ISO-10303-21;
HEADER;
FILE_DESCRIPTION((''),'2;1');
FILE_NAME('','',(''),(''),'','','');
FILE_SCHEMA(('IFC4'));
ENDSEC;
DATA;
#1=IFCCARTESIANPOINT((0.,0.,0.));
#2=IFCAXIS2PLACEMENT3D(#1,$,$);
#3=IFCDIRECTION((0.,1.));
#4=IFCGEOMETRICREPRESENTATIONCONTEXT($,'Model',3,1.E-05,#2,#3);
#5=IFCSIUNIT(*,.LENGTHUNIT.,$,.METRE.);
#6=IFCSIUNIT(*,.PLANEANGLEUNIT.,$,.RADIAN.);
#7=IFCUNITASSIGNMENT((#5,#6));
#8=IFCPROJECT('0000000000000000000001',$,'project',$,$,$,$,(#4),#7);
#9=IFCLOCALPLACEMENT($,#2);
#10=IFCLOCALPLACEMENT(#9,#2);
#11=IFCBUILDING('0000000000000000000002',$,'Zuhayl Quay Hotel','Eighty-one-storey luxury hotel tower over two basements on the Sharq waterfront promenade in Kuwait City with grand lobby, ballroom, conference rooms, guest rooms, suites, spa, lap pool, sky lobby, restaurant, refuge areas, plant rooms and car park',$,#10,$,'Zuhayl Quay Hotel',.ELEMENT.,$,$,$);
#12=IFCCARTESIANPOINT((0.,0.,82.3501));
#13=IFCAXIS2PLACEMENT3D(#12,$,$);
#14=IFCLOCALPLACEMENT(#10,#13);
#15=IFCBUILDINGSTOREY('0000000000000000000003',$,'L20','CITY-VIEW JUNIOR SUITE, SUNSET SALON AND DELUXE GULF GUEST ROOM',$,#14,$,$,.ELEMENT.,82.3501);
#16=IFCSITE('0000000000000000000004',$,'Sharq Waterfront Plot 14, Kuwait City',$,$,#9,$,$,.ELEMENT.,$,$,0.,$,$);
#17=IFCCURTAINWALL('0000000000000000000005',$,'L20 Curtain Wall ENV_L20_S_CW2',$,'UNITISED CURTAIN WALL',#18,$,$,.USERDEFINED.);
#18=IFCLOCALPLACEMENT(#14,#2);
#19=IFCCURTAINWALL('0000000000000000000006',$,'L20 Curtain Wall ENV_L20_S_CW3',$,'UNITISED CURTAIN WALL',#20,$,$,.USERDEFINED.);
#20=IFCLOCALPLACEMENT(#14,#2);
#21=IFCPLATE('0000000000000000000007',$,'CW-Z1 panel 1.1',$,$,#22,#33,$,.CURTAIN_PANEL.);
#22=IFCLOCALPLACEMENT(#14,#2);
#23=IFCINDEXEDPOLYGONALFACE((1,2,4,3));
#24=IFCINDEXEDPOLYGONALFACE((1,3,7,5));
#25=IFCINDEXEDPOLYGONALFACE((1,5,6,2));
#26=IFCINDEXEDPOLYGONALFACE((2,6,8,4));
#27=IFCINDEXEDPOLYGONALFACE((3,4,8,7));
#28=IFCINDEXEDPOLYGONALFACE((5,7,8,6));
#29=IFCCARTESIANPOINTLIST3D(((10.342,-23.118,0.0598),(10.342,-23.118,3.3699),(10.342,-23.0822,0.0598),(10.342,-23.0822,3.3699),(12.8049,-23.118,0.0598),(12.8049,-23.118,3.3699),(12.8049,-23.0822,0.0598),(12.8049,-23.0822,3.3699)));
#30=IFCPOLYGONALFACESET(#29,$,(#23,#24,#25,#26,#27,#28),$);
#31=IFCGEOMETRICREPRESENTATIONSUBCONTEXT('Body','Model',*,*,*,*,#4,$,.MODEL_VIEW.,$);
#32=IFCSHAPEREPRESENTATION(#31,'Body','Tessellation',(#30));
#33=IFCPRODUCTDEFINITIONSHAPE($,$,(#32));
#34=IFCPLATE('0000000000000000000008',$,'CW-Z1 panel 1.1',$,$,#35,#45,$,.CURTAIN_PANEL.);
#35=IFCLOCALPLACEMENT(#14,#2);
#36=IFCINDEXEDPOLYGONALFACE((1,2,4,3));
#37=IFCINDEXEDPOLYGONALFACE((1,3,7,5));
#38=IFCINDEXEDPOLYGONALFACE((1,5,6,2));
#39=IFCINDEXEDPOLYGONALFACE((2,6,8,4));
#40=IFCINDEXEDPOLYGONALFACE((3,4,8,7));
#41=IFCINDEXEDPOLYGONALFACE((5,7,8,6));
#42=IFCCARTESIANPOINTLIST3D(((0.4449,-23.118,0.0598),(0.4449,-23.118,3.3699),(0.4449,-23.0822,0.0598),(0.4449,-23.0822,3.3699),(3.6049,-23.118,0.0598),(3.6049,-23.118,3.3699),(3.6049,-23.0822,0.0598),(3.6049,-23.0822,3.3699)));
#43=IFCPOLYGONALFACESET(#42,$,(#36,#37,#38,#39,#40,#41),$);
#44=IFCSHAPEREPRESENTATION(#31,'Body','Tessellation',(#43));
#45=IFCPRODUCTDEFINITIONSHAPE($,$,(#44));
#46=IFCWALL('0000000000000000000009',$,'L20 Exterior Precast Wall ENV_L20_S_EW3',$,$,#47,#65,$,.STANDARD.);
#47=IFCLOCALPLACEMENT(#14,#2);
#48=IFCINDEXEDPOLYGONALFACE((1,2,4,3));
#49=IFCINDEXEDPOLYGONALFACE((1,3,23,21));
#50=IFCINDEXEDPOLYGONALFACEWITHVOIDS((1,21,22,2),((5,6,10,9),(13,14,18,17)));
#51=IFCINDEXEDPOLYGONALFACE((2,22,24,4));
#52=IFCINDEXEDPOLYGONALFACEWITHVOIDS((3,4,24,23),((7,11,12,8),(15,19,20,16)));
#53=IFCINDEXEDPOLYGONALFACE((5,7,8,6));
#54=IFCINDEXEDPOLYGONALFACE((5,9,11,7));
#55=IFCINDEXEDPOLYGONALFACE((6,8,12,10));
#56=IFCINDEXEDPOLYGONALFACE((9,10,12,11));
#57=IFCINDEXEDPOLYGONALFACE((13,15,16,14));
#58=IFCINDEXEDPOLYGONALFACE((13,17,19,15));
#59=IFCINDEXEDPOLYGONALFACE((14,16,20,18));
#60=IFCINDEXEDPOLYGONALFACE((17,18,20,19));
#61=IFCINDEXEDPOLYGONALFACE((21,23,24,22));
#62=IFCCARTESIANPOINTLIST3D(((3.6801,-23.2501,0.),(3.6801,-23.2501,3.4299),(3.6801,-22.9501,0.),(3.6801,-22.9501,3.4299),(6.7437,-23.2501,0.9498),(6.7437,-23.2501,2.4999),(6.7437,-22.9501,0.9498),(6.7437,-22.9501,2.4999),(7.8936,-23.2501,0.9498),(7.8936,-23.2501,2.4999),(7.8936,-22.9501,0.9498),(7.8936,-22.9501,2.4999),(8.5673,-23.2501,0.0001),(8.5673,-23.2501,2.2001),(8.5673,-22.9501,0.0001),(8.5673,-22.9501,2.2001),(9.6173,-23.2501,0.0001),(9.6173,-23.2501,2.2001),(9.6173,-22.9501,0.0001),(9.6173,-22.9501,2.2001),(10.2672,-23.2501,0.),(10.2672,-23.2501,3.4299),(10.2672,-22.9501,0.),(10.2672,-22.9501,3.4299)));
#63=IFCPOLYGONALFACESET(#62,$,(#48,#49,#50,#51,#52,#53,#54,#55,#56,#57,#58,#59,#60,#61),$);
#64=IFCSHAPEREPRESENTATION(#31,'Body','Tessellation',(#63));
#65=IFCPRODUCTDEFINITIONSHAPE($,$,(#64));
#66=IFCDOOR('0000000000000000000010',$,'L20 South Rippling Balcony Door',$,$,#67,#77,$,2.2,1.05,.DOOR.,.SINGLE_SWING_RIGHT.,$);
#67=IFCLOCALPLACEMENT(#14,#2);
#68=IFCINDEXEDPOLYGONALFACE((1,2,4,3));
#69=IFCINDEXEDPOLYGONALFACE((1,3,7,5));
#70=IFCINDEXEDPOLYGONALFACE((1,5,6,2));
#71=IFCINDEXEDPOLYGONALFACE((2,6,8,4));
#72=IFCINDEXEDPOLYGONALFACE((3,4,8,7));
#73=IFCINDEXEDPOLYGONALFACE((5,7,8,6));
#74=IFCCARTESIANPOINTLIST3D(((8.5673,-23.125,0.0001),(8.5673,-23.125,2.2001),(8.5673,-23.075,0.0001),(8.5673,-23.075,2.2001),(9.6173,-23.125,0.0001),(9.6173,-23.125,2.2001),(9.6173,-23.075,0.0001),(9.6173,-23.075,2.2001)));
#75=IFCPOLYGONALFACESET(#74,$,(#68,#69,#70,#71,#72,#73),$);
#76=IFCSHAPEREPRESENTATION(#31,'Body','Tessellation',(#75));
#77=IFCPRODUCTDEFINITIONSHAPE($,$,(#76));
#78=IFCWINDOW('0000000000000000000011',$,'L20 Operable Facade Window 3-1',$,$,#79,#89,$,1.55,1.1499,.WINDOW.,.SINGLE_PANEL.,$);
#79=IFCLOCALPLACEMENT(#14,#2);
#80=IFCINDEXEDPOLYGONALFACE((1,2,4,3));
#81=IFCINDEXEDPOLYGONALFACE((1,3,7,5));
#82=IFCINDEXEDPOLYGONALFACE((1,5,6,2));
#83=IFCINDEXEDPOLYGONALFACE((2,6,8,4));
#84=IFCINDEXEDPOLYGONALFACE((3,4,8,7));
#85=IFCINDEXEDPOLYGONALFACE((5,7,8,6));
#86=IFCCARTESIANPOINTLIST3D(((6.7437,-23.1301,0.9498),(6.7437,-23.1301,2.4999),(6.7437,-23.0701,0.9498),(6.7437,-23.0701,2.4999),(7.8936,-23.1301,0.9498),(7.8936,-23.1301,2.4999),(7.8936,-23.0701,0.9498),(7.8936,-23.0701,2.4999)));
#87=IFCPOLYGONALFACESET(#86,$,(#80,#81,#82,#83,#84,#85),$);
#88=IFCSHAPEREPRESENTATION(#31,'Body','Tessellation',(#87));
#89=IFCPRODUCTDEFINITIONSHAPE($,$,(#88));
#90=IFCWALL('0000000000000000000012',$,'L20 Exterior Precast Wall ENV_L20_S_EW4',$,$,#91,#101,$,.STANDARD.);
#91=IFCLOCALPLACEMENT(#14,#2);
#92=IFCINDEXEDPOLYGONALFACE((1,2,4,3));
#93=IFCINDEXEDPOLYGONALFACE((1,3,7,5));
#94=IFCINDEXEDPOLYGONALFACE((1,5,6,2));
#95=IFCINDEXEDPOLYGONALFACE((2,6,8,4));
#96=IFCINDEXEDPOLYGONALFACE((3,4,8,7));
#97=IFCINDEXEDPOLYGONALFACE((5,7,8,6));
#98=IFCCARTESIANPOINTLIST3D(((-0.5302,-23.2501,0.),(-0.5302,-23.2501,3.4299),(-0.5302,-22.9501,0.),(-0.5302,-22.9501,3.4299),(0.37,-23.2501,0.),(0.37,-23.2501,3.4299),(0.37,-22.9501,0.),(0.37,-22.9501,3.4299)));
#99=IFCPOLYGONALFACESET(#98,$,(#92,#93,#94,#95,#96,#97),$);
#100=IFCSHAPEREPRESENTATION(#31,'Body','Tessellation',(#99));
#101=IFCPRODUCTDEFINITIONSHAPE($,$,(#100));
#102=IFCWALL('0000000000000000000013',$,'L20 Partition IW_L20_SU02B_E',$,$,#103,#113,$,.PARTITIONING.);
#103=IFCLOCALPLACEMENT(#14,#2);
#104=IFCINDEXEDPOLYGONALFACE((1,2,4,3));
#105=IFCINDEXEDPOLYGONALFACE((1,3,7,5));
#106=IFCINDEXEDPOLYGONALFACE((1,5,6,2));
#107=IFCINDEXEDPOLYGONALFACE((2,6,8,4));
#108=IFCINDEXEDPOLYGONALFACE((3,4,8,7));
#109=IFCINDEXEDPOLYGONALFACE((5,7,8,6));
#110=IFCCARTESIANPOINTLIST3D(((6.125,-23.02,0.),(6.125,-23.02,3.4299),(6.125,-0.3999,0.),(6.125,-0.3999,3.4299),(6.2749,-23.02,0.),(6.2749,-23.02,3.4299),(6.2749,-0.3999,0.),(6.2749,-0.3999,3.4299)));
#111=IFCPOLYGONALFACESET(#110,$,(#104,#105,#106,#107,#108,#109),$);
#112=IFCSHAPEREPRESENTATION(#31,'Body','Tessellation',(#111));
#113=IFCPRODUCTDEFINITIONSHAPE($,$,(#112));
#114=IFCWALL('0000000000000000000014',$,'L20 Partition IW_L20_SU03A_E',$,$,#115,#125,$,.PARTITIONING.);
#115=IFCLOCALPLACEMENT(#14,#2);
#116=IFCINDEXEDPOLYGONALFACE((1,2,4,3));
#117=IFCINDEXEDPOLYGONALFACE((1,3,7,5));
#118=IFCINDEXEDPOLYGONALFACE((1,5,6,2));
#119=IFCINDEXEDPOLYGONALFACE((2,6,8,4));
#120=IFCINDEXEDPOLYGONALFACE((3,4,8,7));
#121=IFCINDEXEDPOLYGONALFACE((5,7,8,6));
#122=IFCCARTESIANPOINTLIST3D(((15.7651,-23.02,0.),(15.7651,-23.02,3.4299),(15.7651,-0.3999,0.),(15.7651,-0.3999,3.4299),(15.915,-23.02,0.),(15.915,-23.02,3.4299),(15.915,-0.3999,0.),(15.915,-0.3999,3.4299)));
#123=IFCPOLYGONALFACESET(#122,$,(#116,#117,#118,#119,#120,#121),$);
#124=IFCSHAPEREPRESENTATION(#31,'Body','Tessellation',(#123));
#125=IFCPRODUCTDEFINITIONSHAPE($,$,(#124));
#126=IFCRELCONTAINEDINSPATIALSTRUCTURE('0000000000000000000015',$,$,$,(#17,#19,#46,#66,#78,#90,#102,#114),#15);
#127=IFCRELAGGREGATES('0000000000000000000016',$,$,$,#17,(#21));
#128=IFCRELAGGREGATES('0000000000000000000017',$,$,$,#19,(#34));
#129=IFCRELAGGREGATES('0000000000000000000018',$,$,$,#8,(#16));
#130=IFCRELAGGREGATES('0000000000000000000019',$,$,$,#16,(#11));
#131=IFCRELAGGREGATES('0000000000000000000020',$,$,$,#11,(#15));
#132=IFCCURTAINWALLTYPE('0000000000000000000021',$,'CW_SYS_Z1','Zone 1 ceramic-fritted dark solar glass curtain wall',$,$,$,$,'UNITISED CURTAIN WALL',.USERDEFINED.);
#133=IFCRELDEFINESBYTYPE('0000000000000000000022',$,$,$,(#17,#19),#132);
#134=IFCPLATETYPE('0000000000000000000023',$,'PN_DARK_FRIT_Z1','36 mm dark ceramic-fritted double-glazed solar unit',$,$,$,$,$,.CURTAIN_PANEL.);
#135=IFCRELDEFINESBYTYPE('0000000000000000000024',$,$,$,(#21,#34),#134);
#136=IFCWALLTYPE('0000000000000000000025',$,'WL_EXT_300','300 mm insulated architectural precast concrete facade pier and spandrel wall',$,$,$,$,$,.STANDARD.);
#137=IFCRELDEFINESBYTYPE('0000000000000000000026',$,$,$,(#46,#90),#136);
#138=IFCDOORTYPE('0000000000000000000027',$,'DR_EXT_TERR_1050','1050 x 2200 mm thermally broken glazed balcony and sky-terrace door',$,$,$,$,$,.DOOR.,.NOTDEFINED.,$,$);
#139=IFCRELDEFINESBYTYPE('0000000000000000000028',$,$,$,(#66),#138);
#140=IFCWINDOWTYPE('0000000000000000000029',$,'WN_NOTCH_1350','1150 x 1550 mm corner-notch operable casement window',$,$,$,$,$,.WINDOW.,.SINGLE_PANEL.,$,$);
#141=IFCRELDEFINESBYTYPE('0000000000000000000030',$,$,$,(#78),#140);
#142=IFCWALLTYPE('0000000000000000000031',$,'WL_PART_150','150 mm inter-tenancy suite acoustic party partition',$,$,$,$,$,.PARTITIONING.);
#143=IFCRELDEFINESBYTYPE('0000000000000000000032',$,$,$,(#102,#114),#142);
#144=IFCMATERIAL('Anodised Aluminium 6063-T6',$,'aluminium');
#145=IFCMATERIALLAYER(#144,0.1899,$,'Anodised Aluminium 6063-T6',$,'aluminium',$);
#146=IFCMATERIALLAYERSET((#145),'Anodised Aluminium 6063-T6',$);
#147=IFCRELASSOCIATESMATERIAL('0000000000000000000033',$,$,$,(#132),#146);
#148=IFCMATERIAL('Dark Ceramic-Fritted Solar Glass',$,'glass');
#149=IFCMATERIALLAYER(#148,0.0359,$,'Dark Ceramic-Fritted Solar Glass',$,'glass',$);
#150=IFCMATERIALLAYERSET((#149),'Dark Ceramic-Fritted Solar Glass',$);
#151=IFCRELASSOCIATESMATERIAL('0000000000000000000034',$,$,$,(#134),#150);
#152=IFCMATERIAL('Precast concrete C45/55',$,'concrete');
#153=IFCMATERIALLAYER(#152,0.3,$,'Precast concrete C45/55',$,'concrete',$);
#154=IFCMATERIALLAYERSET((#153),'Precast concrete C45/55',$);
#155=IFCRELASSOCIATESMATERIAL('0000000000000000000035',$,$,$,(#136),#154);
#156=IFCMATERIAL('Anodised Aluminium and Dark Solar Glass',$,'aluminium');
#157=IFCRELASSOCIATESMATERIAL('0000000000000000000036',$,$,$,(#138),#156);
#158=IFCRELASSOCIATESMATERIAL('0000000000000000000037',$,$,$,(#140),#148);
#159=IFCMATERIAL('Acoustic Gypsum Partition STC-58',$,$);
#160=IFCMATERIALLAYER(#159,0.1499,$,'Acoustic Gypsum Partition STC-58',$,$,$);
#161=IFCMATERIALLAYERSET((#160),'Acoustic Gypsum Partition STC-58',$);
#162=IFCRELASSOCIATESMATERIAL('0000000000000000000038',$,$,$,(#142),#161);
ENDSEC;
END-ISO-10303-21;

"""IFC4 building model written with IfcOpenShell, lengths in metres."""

from ifc_helpers import new_model, si_unit, direction, frame, frame_2d, origin, origin_2d, place, context, subcontext, project, spatial, rectangle, extrude, material, layer, layer_set, type_object, element, fill, aggregate, save


model = new_model("IFC4")

# Units and contexts
model_context = context("Model", 3, precision=1e-05, world=origin(), true_north=direction((0.0, 1.0)))
body_context = subcontext(model_context, "Body", "Model", "MODEL_VIEW")
ifc_project = project(units=[si_unit("LENGTHUNIT", "METRE"), si_unit("PLANEANGLEUNIT", "RADIAN")], contexts=[model_context])

# Site, building, storey
site_placement = place(None, origin())
site = spatial("IfcSite", under=ifc_project, at=site_placement, Name="Sharq Waterfront Plot 14, Kuwait City", CompositionType="ELEMENT", RefElevation=0.0)
building_placement = place(site_placement, origin())
building = spatial("IfcBuilding", under=site, at=building_placement, Name="Zuhayl Quay Hotel", Description="Eighty-one-storey luxury hotel tower over two basements on the Sharq waterfront promenade in Kuwait City with grand lobby, ballroom, conference rooms, guest rooms, suites, spa, lap pool, sky lobby, restaurant, refuge areas, plant rooms and car park", LongName="Zuhayl Quay Hotel", CompositionType="ELEMENT")
storey_placement = place(building_placement, frame((0.0, 0.0, 82.3501)))
storey = spatial("IfcBuildingStorey", under=building, at=storey_placement, Name="L20", Description="CITY-VIEW JUNIOR SUITE, SUNSET SALON AND DELUXE GULF GUEST ROOM", CompositionType="ELEMENT", Elevation=82.3501)

# Curtain walls
ifc_material_1 = material(Name="Anodised Aluminium 6063-T6", Category="aluminium")
ifc_layer_1 = layer(ifc_material_1, 0.1899, Name="Anodised Aluminium 6063-T6", Category="aluminium")
ifc_layer_set_1 = layer_set([ifc_layer_1], Name="Anodised Aluminium 6063-T6")
curtain_wall_type = type_object("IfcCurtainWallType", Name="CW_SYS_Z1", Description="Zone 1 ceramic-fritted dark solar glass curtain wall", ElementType="UNITISED CURTAIN WALL", PredefinedType="USERDEFINED", material=ifc_layer_set_1)
curtain_wall_1_placement = place(storey_placement, origin())
curtain_wall_1 = element("IfcCurtainWall", 1, at=curtain_wall_1_placement, inside=storey, type_object=curtain_wall_type, Name="L20 Curtain Wall ENV_L20_S_CW2", ObjectType="UNITISED CURTAIN WALL", PredefinedType="USERDEFINED")
curtain_wall_2_placement = place(storey_placement, origin())
curtain_wall_2 = element("IfcCurtainWall", 2, at=curtain_wall_2_placement, inside=storey, type_object=curtain_wall_type, Name="L20 Curtain Wall ENV_L20_S_CW3", ObjectType="UNITISED CURTAIN WALL", PredefinedType="USERDEFINED")

# Plates
ifc_material_2 = material(Name="Dark Ceramic-Fritted Solar Glass", Category="glass")
ifc_layer_2 = layer(ifc_material_2, 0.0359, Name="Dark Ceramic-Fritted Solar Glass", Category="glass")
ifc_layer_set_2 = layer_set([ifc_layer_2], Name="Dark Ceramic-Fritted Solar Glass")
plate_type = type_object("IfcPlateType", Name="PN_DARK_FRIT_Z1", Description="36 mm dark ceramic-fritted double-glazed solar unit", PredefinedType="CURTAIN_PANEL", material=ifc_layer_set_2)
plate_1_placement = place(storey_placement, frame((11.5735, -23.1001, 0.0598), z_axis=(0.0, 0.0, 1.0), x_axis=(-1.0, 0.0, 0.0)))
plate_1 = element("IfcPlate", 3, at=plate_1_placement, type_object=plate_type, Name="CW-Z1 panel 1.1", PredefinedType="CURTAIN_PANEL", context=body_context, shape_type="SweptSolid", body=[
    extrude(rectangle(XDim=2.4629, YDim=0.0359, at=origin_2d()), origin(), (0.0, 0.0, 1.0), 3.3101),
])
aggregate(curtain_wall_1, [plate_1])
plate_2_placement = place(storey_placement, frame((2.0249, -23.1001, 0.0598), z_axis=(0.0, 0.0, 1.0), x_axis=(-1.0, 0.0, 0.0)))
plate_2 = element("IfcPlate", 4, at=plate_2_placement, type_object=plate_type, Name="CW-Z1 panel 1.1", PredefinedType="CURTAIN_PANEL", context=body_context, shape_type="SweptSolid", body=[
    extrude(rectangle(XDim=3.1599, YDim=0.0359, at=origin_2d()), origin(), (0.0, 0.0, 1.0), 3.3101),
])
aggregate(curtain_wall_2, [plate_2])

# Wall, openings, door, window
ifc_material_3 = material(Name="Precast concrete C45/55", Category="concrete")
ifc_layer_3 = layer(ifc_material_3, 0.3, Name="Precast concrete C45/55", Category="concrete")
ifc_layer_set_3 = layer_set([ifc_layer_3], Name="Precast concrete C45/55")
wall_type_1 = type_object("IfcWallType", Name="WL_EXT_300", Description="300 mm insulated architectural precast concrete facade pier and spandrel wall", PredefinedType="STANDARD", material=ifc_layer_set_3)
wall_1_placement = place(storey_placement, frame((10.2671, -23.1001, 0.0), z_axis=(0.0, 0.0, 1.0), x_axis=(-1.0, 0.0, 0.0)))
wall_1 = element("IfcWall", 5, at=wall_1_placement, inside=storey, type_object=wall_type_1, Name="L20 Exterior Precast Wall ENV_L20_S_EW3", PredefinedType="STANDARD", context=body_context, shape_type="SweptSolid", body=[
    extrude(rectangle(XDim=6.5872, YDim=0.3, at=frame_2d((3.2935, 0.0))), origin(), (0.0, 0.0, 1.0), 3.4299),
])
opening_1_placement = place(wall_1_placement, frame((0.6499, 0.0, 0.0)))
opening_1 = element("IfcOpeningElement", 6, at=opening_1_placement, cuts=wall_1, PredefinedType="OPENING", context=body_context, shape_type="SweptSolid", body=[
    extrude(rectangle(XDim=1.05, YDim=2.2, at=frame_2d((0.5249, 1.1001))), frame((0.0, 0.1599, 0.0), z_axis=(0.0, -1.0, 0.0), x_axis=(1.0, 0.0, 0.0)), (0.0, 0.0, 1.0), 0.3201),
])
opening_2_placement = place(wall_1_placement, frame((2.3735, 0.0, 0.95)))
opening_2 = element("IfcOpeningElement", 7, at=opening_2_placement, cuts=wall_1, PredefinedType="OPENING", context=body_context, shape_type="SweptSolid", body=[
    extrude(rectangle(XDim=1.1499, YDim=1.55, at=frame_2d((0.575, 0.7749))), frame((0.0, 0.1599, 0.0), z_axis=(0.0, -1.0, 0.0), x_axis=(1.0, 0.0, 0.0)), (0.0, 0.0, 1.0), 0.3201),
])
ifc_material_4 = material(Name="Anodised Aluminium and Dark Solar Glass", Category="aluminium")
door_type = type_object("IfcDoorType", Name="DR_EXT_TERR_1050", Description="1050 x 2200 mm thermally broken glazed balcony and sky-terrace door", OperationType="NOTDEFINED", PredefinedType="DOOR", material=ifc_material_4)
door_placement = place(opening_1_placement, origin())
door = element("IfcDoor", 8, at=door_placement, inside=storey, type_object=door_type, Name="L20 South Rippling Balcony Door", OperationType="SINGLE_SWING_RIGHT", OverallHeight=2.2, OverallWidth=1.05, PredefinedType="DOOR", context=body_context, shape_type="SweptSolid", body=[
    extrude(rectangle(XDim=1.05, YDim=2.2, at=frame_2d((0.5249, 1.1001))), frame((0.0, 0.0249, 0.0), z_axis=(0.0, -1.0, 0.0), x_axis=(1.0, 0.0, 0.0)), (0.0, 0.0, 1.0), 0.05),
])
fill(opening_1, door)
window_type = type_object("IfcWindowType", Name="WN_NOTCH_1350", Description="1150 x 1550 mm corner-notch operable casement window", PartitioningType="SINGLE_PANEL", PredefinedType="WINDOW", material=ifc_material_2)
window_placement = place(opening_2_placement, origin())
window = element("IfcWindow", 9, at=window_placement, inside=storey, type_object=window_type, Name="L20 Operable Facade Window 3-1", OverallHeight=1.55, OverallWidth=1.1499, PartitioningType="SINGLE_PANEL", PredefinedType="WINDOW", context=body_context, shape_type="SweptSolid", body=[
    extrude(rectangle(XDim=1.1499, YDim=1.55, at=frame_2d((0.575, 0.7749))), frame((0.0, 0.03, 0.0), z_axis=(0.0, -1.0, 0.0), x_axis=(1.0, 0.0, 0.0)), (0.0, 0.0, 1.0), 0.0601),
])
fill(opening_2, window)

# Walls
wall_2_placement = place(storey_placement, frame((0.3701, -23.1001, 0.0), z_axis=(0.0, 0.0, 1.0), x_axis=(-1.0, 0.0, 0.0)))
element("IfcWall", 10, at=wall_2_placement, inside=storey, type_object=wall_type_1, Name="L20 Exterior Precast Wall ENV_L20_S_EW4", PredefinedType="STANDARD", context=body_context, shape_type="SweptSolid", body=[
    extrude(rectangle(XDim=0.9001, YDim=0.3, at=frame_2d((0.4502, 0.0))), origin(), (0.0, 0.0, 1.0), 3.4299),
])
ifc_material_5 = material(Name="Acoustic Gypsum Partition STC-58")
ifc_layer_4 = layer(ifc_material_5, 0.1499, Name="Acoustic Gypsum Partition STC-58")
ifc_layer_set_4 = layer_set([ifc_layer_4], Name="Acoustic Gypsum Partition STC-58")
wall_type_2 = type_object("IfcWallType", Name="WL_PART_150", Description="150 mm inter-tenancy suite acoustic party partition", PredefinedType="PARTITIONING", material=ifc_layer_set_4)
for number, where, z_axis, x_axis, name in (
    (11, (6.2, -23.02, 0.0), (0.0, 0.0, 1.0), (0.0, 1.0, 0.0), "L20 Partition IW_L20_SU02B_E"),
    (12, (15.8401, -23.02, 0.0), (0.0, 0.0, 1.0), (0.0, 1.0, 0.0), "L20 Partition IW_L20_SU03A_E"),
):
    element("IfcWall", number, at=place(storey_placement, frame(where, z_axis=z_axis, x_axis=x_axis)), inside=storey, type_object=wall_type_2, Name=name, PredefinedType="PARTITIONING", context=body_context, shape_type="SweptSolid", body=[
        extrude(rectangle(XDim=22.6201, YDim=0.1499, at=frame_2d((11.3101, 0.0))), origin(), (0.0, 0.0, 1.0), 3.4299),
    ])

save(model, "model.ifc")
